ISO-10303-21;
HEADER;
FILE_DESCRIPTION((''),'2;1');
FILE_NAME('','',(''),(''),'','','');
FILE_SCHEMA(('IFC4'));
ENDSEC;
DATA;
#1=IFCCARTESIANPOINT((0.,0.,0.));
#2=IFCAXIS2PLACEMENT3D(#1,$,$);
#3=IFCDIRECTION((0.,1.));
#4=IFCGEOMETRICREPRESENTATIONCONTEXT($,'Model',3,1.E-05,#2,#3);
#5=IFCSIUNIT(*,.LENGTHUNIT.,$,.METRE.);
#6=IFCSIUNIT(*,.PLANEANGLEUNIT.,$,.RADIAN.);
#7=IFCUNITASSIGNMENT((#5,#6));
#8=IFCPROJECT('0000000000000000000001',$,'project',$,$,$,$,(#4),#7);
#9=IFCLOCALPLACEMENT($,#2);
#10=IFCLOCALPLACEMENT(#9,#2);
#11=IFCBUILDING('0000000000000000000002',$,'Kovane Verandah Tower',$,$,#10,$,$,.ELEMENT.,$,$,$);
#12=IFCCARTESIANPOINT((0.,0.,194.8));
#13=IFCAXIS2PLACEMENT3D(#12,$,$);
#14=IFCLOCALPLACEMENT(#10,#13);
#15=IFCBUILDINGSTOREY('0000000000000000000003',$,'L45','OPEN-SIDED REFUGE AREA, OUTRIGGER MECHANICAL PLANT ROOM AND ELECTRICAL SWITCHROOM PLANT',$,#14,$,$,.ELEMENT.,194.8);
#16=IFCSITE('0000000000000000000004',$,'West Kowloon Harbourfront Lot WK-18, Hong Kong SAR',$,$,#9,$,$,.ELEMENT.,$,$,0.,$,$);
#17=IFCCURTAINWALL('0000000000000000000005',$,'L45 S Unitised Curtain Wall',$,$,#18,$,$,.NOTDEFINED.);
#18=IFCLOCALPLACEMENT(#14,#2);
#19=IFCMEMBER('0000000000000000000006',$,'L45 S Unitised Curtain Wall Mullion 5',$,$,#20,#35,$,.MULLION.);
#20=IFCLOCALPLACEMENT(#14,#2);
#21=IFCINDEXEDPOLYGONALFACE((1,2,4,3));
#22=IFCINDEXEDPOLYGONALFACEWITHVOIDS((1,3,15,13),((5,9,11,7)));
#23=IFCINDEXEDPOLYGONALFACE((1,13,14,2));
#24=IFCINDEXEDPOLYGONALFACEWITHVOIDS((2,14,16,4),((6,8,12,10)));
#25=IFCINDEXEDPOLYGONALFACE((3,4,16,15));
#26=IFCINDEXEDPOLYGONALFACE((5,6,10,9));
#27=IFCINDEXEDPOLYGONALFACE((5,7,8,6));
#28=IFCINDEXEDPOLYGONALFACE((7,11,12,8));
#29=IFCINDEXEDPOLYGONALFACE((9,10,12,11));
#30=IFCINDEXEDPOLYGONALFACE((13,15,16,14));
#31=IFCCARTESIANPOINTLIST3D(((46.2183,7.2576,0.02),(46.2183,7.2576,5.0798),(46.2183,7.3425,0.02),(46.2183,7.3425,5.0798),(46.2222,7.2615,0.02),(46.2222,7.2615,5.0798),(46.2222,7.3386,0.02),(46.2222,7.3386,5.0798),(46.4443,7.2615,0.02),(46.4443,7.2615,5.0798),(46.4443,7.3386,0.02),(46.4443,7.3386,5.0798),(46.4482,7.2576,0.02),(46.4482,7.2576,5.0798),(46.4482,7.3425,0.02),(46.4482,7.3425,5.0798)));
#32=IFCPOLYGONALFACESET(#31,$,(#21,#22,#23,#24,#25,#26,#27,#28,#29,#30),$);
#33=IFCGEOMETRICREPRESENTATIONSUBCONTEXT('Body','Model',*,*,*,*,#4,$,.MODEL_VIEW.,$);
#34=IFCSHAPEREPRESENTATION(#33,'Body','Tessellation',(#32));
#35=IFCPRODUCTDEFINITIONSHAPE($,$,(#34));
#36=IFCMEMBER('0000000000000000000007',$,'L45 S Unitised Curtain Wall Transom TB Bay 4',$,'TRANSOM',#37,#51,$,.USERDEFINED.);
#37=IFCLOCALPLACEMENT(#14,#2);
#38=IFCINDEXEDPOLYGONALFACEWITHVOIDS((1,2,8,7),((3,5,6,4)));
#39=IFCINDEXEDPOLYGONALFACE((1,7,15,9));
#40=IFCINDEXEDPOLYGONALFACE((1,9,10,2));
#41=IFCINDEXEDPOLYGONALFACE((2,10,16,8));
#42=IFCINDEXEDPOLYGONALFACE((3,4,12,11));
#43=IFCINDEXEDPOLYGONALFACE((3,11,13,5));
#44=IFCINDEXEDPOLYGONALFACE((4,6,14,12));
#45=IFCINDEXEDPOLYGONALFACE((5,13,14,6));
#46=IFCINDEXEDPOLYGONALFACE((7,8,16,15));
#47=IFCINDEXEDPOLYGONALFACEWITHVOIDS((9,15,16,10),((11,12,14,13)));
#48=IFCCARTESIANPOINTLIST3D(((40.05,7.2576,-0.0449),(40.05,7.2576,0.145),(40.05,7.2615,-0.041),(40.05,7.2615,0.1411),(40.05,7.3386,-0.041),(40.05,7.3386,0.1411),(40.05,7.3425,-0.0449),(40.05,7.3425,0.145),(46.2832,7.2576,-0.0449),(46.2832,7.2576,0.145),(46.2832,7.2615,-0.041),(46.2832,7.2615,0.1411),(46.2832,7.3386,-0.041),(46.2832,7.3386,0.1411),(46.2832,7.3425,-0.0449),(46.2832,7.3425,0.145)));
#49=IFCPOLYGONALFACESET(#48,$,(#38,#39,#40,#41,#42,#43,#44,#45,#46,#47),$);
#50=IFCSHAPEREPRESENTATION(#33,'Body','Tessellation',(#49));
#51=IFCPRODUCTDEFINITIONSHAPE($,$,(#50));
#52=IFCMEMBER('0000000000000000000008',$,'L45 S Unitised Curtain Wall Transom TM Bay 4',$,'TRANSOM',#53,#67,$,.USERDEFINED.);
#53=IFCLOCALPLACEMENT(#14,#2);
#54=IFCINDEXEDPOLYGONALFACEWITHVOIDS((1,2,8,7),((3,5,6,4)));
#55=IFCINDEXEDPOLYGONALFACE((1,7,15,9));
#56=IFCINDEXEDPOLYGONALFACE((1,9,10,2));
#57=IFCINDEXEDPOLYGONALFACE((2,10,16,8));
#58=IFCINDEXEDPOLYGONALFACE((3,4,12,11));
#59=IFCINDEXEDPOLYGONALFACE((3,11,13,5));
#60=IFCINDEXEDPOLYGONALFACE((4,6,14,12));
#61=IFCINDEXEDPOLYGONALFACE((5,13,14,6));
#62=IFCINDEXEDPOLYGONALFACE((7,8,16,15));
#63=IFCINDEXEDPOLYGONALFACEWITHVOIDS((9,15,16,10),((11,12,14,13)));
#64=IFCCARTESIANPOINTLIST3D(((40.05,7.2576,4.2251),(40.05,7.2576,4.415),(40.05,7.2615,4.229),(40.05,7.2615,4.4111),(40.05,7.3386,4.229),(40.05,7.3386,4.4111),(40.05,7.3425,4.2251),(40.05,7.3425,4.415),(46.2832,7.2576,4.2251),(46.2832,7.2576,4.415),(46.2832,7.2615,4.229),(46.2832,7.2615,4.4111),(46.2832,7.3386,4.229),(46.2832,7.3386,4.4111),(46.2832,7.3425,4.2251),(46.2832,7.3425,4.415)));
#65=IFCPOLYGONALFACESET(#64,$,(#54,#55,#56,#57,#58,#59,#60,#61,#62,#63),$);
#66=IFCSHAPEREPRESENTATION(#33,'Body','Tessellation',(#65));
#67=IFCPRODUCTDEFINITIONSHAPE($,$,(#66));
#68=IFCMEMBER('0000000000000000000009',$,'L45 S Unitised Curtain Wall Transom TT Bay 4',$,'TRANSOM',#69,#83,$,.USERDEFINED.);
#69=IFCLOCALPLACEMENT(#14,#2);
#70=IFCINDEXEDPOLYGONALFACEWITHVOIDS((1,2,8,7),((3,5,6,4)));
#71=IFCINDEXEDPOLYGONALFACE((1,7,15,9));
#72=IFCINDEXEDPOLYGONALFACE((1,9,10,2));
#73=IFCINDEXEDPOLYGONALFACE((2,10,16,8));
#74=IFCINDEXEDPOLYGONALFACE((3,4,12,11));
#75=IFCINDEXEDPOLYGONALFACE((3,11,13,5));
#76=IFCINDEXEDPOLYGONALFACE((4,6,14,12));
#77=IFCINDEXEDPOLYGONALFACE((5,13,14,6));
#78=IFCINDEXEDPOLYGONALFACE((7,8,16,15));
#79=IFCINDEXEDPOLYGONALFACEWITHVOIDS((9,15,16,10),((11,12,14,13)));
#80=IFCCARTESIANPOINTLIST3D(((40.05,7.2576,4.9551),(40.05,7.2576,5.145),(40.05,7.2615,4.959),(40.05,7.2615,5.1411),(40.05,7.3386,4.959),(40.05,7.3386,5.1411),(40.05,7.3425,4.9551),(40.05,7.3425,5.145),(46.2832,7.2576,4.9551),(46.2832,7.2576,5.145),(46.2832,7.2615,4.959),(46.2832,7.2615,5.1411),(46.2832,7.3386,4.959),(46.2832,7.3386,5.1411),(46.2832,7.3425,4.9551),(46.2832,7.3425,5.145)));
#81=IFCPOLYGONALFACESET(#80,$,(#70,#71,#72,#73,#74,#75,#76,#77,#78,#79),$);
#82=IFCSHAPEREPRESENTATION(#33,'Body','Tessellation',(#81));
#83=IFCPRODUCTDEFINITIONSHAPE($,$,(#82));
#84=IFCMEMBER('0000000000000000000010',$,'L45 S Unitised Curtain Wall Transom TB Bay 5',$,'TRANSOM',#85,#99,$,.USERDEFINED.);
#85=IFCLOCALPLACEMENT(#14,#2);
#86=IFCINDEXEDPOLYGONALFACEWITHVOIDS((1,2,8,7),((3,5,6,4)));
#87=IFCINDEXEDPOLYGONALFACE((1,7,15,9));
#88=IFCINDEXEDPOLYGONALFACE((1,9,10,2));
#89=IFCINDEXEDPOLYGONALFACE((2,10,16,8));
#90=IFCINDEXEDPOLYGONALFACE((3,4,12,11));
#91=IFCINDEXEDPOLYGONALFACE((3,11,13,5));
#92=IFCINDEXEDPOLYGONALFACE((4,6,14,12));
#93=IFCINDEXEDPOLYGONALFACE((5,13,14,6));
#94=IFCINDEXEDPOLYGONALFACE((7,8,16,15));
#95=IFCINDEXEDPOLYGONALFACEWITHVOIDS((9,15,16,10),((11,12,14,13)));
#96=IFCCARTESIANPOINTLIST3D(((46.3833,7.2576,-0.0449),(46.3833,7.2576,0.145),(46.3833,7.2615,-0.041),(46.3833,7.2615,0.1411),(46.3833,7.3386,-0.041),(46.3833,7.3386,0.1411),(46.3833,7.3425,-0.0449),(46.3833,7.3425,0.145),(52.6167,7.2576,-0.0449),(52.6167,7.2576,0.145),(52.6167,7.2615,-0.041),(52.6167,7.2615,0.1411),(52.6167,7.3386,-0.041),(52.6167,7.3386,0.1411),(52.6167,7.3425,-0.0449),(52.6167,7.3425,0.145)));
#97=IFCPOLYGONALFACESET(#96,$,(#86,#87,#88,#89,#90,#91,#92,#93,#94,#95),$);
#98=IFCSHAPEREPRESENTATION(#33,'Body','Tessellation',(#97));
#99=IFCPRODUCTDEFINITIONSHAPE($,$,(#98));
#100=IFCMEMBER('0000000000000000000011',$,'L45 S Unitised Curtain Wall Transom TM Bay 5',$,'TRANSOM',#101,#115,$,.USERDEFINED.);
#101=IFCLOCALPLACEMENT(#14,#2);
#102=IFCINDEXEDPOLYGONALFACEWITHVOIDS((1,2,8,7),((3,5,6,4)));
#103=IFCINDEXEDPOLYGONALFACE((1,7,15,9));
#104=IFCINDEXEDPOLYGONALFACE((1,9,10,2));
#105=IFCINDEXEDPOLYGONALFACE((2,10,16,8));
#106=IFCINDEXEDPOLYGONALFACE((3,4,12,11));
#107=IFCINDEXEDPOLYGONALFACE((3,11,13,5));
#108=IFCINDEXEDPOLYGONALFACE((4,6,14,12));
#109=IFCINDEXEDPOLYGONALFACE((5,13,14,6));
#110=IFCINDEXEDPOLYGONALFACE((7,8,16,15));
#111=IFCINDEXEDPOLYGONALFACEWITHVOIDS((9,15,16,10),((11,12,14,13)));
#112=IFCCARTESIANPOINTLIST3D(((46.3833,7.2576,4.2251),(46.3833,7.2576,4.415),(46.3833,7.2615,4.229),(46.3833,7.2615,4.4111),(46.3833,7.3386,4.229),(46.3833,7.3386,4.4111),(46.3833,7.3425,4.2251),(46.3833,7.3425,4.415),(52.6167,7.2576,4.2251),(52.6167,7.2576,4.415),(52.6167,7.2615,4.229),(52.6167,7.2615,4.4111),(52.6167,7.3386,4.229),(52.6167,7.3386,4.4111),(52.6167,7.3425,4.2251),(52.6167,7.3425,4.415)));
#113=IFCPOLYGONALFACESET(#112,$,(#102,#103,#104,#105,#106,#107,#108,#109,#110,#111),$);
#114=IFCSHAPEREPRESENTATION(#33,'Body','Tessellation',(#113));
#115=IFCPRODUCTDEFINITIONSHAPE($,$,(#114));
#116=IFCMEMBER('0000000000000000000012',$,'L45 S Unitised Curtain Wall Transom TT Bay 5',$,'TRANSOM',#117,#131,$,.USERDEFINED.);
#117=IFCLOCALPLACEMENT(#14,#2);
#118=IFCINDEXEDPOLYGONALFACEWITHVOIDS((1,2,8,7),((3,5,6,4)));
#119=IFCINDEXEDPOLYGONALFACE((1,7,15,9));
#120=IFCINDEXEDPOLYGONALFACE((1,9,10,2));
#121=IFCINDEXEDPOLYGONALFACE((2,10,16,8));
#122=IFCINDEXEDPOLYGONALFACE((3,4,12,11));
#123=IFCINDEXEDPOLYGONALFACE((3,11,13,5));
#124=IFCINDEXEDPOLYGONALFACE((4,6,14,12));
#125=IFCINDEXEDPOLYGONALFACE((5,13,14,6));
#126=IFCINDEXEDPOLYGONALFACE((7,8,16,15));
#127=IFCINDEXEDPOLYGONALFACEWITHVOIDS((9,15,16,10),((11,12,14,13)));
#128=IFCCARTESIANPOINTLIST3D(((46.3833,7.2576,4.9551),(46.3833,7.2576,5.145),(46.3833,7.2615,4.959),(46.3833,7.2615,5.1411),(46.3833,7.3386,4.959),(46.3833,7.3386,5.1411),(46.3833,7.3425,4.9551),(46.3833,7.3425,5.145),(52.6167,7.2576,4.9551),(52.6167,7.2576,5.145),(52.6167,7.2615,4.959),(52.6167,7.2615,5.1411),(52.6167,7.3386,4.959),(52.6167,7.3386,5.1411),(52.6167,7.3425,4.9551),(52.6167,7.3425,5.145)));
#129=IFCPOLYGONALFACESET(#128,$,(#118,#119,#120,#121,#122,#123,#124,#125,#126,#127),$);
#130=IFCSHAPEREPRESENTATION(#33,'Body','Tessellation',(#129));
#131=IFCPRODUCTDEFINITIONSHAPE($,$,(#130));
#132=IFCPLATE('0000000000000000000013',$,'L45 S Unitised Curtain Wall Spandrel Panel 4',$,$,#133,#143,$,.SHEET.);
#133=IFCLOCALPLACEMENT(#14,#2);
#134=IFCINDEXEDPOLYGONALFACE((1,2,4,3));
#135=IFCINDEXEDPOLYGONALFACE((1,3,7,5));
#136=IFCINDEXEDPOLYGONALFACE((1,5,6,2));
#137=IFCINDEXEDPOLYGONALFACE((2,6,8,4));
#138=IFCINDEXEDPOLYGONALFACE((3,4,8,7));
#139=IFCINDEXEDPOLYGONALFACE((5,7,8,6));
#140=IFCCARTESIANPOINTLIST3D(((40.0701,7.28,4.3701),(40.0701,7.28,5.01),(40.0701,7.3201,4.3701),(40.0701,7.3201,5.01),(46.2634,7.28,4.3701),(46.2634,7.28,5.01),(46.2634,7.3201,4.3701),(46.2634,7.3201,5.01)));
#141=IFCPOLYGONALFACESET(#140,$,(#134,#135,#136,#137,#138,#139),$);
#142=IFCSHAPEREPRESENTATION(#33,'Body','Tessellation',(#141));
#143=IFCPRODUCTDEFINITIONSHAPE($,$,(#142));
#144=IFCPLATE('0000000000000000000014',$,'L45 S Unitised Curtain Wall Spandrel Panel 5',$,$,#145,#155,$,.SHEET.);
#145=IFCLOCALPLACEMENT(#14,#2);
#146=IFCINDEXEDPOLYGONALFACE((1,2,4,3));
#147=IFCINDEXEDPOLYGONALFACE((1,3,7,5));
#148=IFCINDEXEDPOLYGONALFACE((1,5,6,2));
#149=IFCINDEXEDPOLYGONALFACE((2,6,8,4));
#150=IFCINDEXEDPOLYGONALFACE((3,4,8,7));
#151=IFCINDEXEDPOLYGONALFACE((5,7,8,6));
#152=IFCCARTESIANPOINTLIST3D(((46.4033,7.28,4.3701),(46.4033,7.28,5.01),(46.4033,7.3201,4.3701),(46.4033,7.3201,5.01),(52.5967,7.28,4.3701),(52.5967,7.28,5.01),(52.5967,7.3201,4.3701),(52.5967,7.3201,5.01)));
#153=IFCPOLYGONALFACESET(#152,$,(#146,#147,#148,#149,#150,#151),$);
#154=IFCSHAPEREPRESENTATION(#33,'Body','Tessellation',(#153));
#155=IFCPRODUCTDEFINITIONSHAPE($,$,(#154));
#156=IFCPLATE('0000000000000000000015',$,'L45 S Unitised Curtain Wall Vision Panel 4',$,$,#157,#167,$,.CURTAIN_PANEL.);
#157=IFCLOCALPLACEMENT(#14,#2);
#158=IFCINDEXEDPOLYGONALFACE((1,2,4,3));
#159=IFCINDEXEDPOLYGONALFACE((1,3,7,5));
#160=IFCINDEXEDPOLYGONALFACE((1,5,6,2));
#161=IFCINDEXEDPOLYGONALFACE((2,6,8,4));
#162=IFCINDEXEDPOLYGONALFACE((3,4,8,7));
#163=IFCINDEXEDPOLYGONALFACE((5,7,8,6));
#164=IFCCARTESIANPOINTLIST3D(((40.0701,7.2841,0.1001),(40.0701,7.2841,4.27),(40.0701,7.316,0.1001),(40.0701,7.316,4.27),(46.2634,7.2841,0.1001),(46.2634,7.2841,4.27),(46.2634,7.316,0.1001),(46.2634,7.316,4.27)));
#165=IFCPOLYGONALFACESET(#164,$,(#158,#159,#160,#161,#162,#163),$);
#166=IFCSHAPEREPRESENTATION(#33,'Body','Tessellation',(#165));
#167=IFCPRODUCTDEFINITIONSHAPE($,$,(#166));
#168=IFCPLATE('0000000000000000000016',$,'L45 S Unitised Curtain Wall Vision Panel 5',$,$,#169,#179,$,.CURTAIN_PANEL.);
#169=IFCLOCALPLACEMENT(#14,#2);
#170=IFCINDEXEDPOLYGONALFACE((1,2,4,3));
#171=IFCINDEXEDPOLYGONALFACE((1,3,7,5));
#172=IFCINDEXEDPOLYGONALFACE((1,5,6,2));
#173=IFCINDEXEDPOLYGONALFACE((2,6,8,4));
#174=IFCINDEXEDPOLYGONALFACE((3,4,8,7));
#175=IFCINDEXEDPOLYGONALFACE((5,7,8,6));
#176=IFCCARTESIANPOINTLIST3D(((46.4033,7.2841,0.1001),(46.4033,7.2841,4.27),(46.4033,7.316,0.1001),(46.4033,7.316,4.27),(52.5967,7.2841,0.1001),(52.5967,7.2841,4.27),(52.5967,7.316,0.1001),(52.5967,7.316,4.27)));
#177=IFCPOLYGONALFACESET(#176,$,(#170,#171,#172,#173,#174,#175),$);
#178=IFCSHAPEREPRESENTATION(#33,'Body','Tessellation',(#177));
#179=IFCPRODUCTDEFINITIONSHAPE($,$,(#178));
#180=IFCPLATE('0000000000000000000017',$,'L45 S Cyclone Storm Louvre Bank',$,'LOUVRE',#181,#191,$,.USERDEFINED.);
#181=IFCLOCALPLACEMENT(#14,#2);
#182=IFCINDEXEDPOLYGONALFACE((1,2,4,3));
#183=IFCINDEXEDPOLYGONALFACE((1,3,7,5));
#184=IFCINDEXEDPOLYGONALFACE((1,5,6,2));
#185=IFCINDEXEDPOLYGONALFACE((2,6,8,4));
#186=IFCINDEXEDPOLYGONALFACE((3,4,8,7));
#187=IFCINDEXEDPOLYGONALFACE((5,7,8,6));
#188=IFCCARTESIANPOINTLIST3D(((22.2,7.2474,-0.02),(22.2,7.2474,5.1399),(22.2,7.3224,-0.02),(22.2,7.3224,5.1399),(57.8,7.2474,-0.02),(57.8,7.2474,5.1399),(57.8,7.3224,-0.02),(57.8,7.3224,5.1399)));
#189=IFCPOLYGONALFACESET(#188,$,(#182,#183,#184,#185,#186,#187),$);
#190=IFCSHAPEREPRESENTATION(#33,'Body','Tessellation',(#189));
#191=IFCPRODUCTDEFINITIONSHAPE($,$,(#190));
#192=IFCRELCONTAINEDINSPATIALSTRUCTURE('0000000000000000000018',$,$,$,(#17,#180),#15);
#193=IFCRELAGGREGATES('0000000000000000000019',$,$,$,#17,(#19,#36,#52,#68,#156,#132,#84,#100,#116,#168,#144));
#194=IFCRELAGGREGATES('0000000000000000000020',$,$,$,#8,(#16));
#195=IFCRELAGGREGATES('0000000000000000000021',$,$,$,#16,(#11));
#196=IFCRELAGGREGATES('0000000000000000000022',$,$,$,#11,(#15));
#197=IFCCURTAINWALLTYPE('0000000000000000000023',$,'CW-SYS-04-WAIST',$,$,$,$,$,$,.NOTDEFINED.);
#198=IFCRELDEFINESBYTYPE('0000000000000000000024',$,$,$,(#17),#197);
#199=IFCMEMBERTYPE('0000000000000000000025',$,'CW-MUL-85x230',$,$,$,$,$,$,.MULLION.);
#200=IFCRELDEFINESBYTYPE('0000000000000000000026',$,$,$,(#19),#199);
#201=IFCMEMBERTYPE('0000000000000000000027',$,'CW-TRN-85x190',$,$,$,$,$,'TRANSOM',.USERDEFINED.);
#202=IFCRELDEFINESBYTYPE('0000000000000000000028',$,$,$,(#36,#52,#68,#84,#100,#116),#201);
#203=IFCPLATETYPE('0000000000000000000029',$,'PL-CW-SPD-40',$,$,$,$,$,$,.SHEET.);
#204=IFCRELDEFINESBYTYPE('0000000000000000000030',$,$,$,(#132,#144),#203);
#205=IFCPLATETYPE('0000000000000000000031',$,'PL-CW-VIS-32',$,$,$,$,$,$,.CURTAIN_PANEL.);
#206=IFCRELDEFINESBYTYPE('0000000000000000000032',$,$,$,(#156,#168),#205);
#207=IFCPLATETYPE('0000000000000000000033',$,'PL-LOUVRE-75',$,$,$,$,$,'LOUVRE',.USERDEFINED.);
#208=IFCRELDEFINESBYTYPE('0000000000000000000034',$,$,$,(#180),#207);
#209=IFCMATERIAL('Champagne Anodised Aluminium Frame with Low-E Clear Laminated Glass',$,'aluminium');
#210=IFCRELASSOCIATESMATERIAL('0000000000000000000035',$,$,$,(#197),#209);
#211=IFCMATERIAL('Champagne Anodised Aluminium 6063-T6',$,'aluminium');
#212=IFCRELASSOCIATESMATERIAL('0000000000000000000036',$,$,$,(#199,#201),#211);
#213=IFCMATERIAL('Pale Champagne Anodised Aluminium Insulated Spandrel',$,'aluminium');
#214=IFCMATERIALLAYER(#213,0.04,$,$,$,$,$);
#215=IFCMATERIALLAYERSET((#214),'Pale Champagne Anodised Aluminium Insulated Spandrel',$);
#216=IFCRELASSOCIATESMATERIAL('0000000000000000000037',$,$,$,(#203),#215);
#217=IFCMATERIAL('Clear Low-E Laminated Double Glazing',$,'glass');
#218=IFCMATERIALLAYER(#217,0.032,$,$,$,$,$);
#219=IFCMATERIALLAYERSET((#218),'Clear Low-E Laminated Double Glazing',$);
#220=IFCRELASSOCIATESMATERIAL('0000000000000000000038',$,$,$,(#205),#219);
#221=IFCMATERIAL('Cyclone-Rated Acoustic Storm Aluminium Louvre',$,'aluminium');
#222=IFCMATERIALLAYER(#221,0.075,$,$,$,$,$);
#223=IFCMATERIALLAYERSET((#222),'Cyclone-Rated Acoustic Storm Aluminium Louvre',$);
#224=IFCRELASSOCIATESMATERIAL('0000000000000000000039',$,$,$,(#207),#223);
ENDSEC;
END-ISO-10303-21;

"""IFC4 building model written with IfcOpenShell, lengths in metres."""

from ifc_helpers import new_model, si_unit, direction, frame, origin, origin_2d, place, context, subcontext, project, spatial, rectangle, hollow_rectangle, extrude, material, layer, layer_set, material_profile, profile_set, type_object, element, aggregate, save


model = new_model("IFC4")

# Units and contexts
model_context = context("Model", 3, precision=1e-05, world=origin(), true_north=direction((0.0, 1.0)))
body_context = subcontext(model_context, "Body", "Model", "MODEL_VIEW")
ifc_project = project(units=[si_unit("LENGTHUNIT", "METRE"), si_unit("PLANEANGLEUNIT", "RADIAN")], contexts=[model_context])

# Site, building, storey
site_placement = place(None, origin())
site = spatial("IfcSite", under=ifc_project, at=site_placement, Name="West Kowloon Harbourfront Lot WK-18, Hong Kong SAR", CompositionType="ELEMENT", RefElevation=0.0)
building_placement = place(site_placement, origin())
building = spatial("IfcBuilding", under=site, at=building_placement, Name="Kovane Verandah Tower", CompositionType="ELEMENT")
storey_placement = place(building_placement, frame((0.0, 0.0, 194.8)))
storey = spatial("IfcBuildingStorey", under=building, at=storey_placement, Name="L45", Description="OPEN-SIDED REFUGE AREA, OUTRIGGER MECHANICAL PLANT ROOM AND ELECTRICAL SWITCHROOM PLANT", CompositionType="ELEMENT", Elevation=194.8)

# Curtain wall, members, plates
ifc_material_1 = material(Name="Champagne Anodised Aluminium Frame with Low-E Clear Laminated Glass", Category="aluminium")
curtain_wall_type = type_object("IfcCurtainWallType", Name="CW-SYS-04-WAIST", PredefinedType="NOTDEFINED", material=ifc_material_1)
curtain_wall_placement = place(storey_placement, origin())
curtain_wall = element("IfcCurtainWall", 1, at=curtain_wall_placement, inside=storey, type_object=curtain_wall_type, Name="L45 S Unitised Curtain Wall", PredefinedType="NOTDEFINED")
ifc_material_2 = material(Name="Champagne Anodised Aluminium 6063-T6", Category="aluminium")
ifc_material_profile_1 = material_profile(ifc_material_2, hollow_rectangle(XDim=0.085, YDim=0.23, WallThickness=0.0039, at=origin_2d()), Name="AL85x230x4")
ifc_profile_set_1 = profile_set([ifc_material_profile_1], Name="Champagne Anodised Aluminium 6063-T6")
member_type_1 = type_object("IfcMemberType", Name="CW-MUL-85x230", PredefinedType="MULLION", material=ifc_profile_set_1)
member_1_placement = place(storey_placement, frame((46.3333, 7.3, 0.02), z_axis=(0.0, 0.0, 1.0), x_axis=(0.0, -1.0, 0.0)))
member_1 = element("IfcMember", 2, at=member_1_placement, type_object=member_type_1, Name="L45 S Unitised Curtain Wall Mullion 5", PredefinedType="MULLION", context=body_context, shape_type="SweptSolid", body=[
    extrude(hollow_rectangle(XDim=0.085, YDim=0.23, WallThickness=0.0039, at=origin_2d()), origin(), (0.0, 0.0, 1.0), 5.0598),
])
ifc_material_profile_2 = material_profile(ifc_material_2, hollow_rectangle(XDim=0.085, YDim=0.1899, WallThickness=0.0039, at=origin_2d()), Name="AL85x190x4")
ifc_profile_set_2 = profile_set([ifc_material_profile_2], Name="Champagne Anodised Aluminium 6063-T6")
member_type_2 = type_object("IfcMemberType", Name="CW-TRN-85x190", ElementType="TRANSOM", PredefinedType="USERDEFINED", material=ifc_profile_set_2)
member_2_placement = place(storey_placement, frame((40.05, 7.3, 0.05), z_axis=(1.0, 0.0, 0.0), x_axis=(0.0, 1.0, 0.0)))
member_2 = element("IfcMember", 3, at=member_2_placement, type_object=member_type_2, Name="L45 S Unitised Curtain Wall Transom TB Bay 4", ObjectType="TRANSOM", PredefinedType="USERDEFINED", context=body_context, shape_type="SweptSolid", body=[
    extrude(hollow_rectangle(XDim=0.085, YDim=0.1899, WallThickness=0.0039, at=origin_2d()), origin(), (0.0, 0.0, 1.0), 6.2332),
])
member_3_placement = place(storey_placement, frame((40.05, 7.3, 4.3201), z_axis=(1.0, 0.0, 0.0), x_axis=(0.0, 1.0, 0.0)))
member_3 = element("IfcMember", 4, at=member_3_placement, type_object=member_type_2, Name="L45 S Unitised Curtain Wall Transom TM Bay 4", ObjectType="TRANSOM", PredefinedType="USERDEFINED", context=body_context, shape_type="SweptSolid", body=[
    extrude(hollow_rectangle(XDim=0.085, YDim=0.1899, WallThickness=0.0039, at=origin_2d()), origin(), (0.0, 0.0, 1.0), 6.2332),
])
member_4_placement = place(storey_placement, frame((40.05, 7.3, 5.05), z_axis=(1.0, 0.0, 0.0), x_axis=(0.0, 1.0, 0.0)))
member_4 = element("IfcMember", 5, at=member_4_placement, type_object=member_type_2, Name="L45 S Unitised Curtain Wall Transom TT Bay 4", ObjectType="TRANSOM", PredefinedType="USERDEFINED", context=body_context, shape_type="SweptSolid", body=[
    extrude(hollow_rectangle(XDim=0.085, YDim=0.1899, WallThickness=0.0039, at=origin_2d()), origin(), (0.0, 0.0, 1.0), 6.2332),
])
member_5_placement = place(storey_placement, frame((46.3833, 7.3, 0.05), z_axis=(1.0, 0.0, 0.0), x_axis=(0.0, 1.0, 0.0)))
member_5 = element("IfcMember", 6, at=member_5_placement, type_object=member_type_2, Name="L45 S Unitised Curtain Wall Transom TB Bay 5", ObjectType="TRANSOM", PredefinedType="USERDEFINED", context=body_context, shape_type="SweptSolid", body=[
    extrude(hollow_rectangle(XDim=0.085, YDim=0.1899, WallThickness=0.0039, at=origin_2d()), origin(), (0.0, 0.0, 1.0), 6.2334),
])
member_6_placement = place(storey_placement, frame((46.3833, 7.3, 4.3201), z_axis=(1.0, 0.0, 0.0), x_axis=(0.0, 1.0, 0.0)))
member_6 = element("IfcMember", 7, at=member_6_placement, type_object=member_type_2, Name="L45 S Unitised Curtain Wall Transom TM Bay 5", ObjectType="TRANSOM", PredefinedType="USERDEFINED", context=body_context, shape_type="SweptSolid", body=[
    extrude(hollow_rectangle(XDim=0.085, YDim=0.1899, WallThickness=0.0039, at=origin_2d()), origin(), (0.0, 0.0, 1.0), 6.2334),
])
member_7_placement = place(storey_placement, frame((46.3833, 7.3, 5.05), z_axis=(1.0, 0.0, 0.0), x_axis=(0.0, 1.0, 0.0)))
member_7 = element("IfcMember", 8, at=member_7_placement, type_object=member_type_2, Name="L45 S Unitised Curtain Wall Transom TT Bay 5", ObjectType="TRANSOM", PredefinedType="USERDEFINED", context=body_context, shape_type="SweptSolid", body=[
    extrude(hollow_rectangle(XDim=0.085, YDim=0.1899, WallThickness=0.0039, at=origin_2d()), origin(), (0.0, 0.0, 1.0), 6.2334),
])
ifc_material_3 = material(Name="Pale Champagne Anodised Aluminium Insulated Spandrel", Category="aluminium")
ifc_layer_1 = layer(ifc_material_3, 0.04)
ifc_layer_set_1 = layer_set([ifc_layer_1], Name="Pale Champagne Anodised Aluminium Insulated Spandrel")
plate_type_1 = type_object("IfcPlateType", Name="PL-CW-SPD-40", PredefinedType="SHEET", material=ifc_layer_set_1)
plate_1_placement = place(storey_placement, frame((43.1667, 7.3, 4.3701), z_axis=(0.0, 0.0, 1.0), x_axis=(1.0, 0.0, 0.0)))
plate_1 = element("IfcPlate", 9, at=plate_1_placement, type_object=plate_type_1, Name="L45 S Unitised Curtain Wall Spandrel Panel 4", PredefinedType="SHEET", context=body_context, shape_type="SweptSolid", body=[
    extrude(rectangle(XDim=6.1934, YDim=0.04, at=origin_2d()), origin(), (0.0, 0.0, 1.0), 0.6399),
])
plate_2_placement = place(storey_placement, frame((49.5, 7.3, 4.3701), z_axis=(0.0, 0.0, 1.0), x_axis=(1.0, 0.0, 0.0)))
plate_2 = element("IfcPlate", 10, at=plate_2_placement, type_object=plate_type_1, Name="L45 S Unitised Curtain Wall Spandrel Panel 5", PredefinedType="SHEET", context=body_context, shape_type="SweptSolid", body=[
    extrude(rectangle(XDim=6.1934, YDim=0.04, at=origin_2d()), origin(), (0.0, 0.0, 1.0), 0.6399),
])
ifc_material_4 = material(Name="Clear Low-E Laminated Double Glazing", Category="glass")
ifc_layer_2 = layer(ifc_material_4, 0.032)
ifc_layer_set_2 = layer_set([ifc_layer_2], Name="Clear Low-E Laminated Double Glazing")
plate_type_2 = type_object("IfcPlateType", Name="PL-CW-VIS-32", PredefinedType="CURTAIN_PANEL", material=ifc_layer_set_2)
plate_3_placement = place(storey_placement, frame((43.1667, 7.3, 0.1001), z_axis=(0.0, 0.0, 1.0), x_axis=(1.0, 0.0, 0.0)))
plate_3 = element("IfcPlate", 11, at=plate_3_placement, type_object=plate_type_2, Name="L45 S Unitised Curtain Wall Vision Panel 4", PredefinedType="CURTAIN_PANEL", context=body_context, shape_type="SweptSolid", body=[
    extrude(rectangle(XDim=6.1934, YDim=0.032, at=origin_2d()), origin(), (0.0, 0.0, 1.0), 4.1699),
])
plate_4_placement = place(storey_placement, frame((49.5, 7.3, 0.1001), z_axis=(0.0, 0.0, 1.0), x_axis=(1.0, 0.0, 0.0)))
plate_4 = element("IfcPlate", 12, at=plate_4_placement, type_object=plate_type_2, Name="L45 S Unitised Curtain Wall Vision Panel 5", PredefinedType="CURTAIN_PANEL", context=body_context, shape_type="SweptSolid", body=[
    extrude(rectangle(XDim=6.1934, YDim=0.032, at=origin_2d()), origin(), (0.0, 0.0, 1.0), 4.1699),
])
aggregate(curtain_wall, [member_1, member_2, member_3, member_4, plate_3, plate_1, member_5, member_6, member_7, plate_4, plate_2])

# Plate
ifc_material_5 = material(Name="Cyclone-Rated Acoustic Storm Aluminium Louvre", Category="aluminium")
ifc_layer_3 = layer(ifc_material_5, 0.075)
ifc_layer_set_3 = layer_set([ifc_layer_3], Name="Cyclone-Rated Acoustic Storm Aluminium Louvre")
plate_type_3 = type_object("IfcPlateType", Name="PL-LOUVRE-75", ElementType="LOUVRE", PredefinedType="USERDEFINED", material=ifc_layer_set_3)
plate_5_placement = place(storey_placement, frame((40.0, 7.2849, -0.02), z_axis=(0.0, 0.0, 1.0), x_axis=(1.0, 0.0, 0.0)))
element("IfcPlate", 13, at=plate_5_placement, inside=storey, type_object=plate_type_3, Name="L45 S Cyclone Storm Louvre Bank", ObjectType="LOUVRE", PredefinedType="USERDEFINED", context=body_context, shape_type="SweptSolid", body=[
    extrude(rectangle(XDim=35.6001, YDim=0.075, at=origin_2d()), origin(), (0.0, 0.0, 1.0), 5.1599),
])

save(model, "model.ifc")
